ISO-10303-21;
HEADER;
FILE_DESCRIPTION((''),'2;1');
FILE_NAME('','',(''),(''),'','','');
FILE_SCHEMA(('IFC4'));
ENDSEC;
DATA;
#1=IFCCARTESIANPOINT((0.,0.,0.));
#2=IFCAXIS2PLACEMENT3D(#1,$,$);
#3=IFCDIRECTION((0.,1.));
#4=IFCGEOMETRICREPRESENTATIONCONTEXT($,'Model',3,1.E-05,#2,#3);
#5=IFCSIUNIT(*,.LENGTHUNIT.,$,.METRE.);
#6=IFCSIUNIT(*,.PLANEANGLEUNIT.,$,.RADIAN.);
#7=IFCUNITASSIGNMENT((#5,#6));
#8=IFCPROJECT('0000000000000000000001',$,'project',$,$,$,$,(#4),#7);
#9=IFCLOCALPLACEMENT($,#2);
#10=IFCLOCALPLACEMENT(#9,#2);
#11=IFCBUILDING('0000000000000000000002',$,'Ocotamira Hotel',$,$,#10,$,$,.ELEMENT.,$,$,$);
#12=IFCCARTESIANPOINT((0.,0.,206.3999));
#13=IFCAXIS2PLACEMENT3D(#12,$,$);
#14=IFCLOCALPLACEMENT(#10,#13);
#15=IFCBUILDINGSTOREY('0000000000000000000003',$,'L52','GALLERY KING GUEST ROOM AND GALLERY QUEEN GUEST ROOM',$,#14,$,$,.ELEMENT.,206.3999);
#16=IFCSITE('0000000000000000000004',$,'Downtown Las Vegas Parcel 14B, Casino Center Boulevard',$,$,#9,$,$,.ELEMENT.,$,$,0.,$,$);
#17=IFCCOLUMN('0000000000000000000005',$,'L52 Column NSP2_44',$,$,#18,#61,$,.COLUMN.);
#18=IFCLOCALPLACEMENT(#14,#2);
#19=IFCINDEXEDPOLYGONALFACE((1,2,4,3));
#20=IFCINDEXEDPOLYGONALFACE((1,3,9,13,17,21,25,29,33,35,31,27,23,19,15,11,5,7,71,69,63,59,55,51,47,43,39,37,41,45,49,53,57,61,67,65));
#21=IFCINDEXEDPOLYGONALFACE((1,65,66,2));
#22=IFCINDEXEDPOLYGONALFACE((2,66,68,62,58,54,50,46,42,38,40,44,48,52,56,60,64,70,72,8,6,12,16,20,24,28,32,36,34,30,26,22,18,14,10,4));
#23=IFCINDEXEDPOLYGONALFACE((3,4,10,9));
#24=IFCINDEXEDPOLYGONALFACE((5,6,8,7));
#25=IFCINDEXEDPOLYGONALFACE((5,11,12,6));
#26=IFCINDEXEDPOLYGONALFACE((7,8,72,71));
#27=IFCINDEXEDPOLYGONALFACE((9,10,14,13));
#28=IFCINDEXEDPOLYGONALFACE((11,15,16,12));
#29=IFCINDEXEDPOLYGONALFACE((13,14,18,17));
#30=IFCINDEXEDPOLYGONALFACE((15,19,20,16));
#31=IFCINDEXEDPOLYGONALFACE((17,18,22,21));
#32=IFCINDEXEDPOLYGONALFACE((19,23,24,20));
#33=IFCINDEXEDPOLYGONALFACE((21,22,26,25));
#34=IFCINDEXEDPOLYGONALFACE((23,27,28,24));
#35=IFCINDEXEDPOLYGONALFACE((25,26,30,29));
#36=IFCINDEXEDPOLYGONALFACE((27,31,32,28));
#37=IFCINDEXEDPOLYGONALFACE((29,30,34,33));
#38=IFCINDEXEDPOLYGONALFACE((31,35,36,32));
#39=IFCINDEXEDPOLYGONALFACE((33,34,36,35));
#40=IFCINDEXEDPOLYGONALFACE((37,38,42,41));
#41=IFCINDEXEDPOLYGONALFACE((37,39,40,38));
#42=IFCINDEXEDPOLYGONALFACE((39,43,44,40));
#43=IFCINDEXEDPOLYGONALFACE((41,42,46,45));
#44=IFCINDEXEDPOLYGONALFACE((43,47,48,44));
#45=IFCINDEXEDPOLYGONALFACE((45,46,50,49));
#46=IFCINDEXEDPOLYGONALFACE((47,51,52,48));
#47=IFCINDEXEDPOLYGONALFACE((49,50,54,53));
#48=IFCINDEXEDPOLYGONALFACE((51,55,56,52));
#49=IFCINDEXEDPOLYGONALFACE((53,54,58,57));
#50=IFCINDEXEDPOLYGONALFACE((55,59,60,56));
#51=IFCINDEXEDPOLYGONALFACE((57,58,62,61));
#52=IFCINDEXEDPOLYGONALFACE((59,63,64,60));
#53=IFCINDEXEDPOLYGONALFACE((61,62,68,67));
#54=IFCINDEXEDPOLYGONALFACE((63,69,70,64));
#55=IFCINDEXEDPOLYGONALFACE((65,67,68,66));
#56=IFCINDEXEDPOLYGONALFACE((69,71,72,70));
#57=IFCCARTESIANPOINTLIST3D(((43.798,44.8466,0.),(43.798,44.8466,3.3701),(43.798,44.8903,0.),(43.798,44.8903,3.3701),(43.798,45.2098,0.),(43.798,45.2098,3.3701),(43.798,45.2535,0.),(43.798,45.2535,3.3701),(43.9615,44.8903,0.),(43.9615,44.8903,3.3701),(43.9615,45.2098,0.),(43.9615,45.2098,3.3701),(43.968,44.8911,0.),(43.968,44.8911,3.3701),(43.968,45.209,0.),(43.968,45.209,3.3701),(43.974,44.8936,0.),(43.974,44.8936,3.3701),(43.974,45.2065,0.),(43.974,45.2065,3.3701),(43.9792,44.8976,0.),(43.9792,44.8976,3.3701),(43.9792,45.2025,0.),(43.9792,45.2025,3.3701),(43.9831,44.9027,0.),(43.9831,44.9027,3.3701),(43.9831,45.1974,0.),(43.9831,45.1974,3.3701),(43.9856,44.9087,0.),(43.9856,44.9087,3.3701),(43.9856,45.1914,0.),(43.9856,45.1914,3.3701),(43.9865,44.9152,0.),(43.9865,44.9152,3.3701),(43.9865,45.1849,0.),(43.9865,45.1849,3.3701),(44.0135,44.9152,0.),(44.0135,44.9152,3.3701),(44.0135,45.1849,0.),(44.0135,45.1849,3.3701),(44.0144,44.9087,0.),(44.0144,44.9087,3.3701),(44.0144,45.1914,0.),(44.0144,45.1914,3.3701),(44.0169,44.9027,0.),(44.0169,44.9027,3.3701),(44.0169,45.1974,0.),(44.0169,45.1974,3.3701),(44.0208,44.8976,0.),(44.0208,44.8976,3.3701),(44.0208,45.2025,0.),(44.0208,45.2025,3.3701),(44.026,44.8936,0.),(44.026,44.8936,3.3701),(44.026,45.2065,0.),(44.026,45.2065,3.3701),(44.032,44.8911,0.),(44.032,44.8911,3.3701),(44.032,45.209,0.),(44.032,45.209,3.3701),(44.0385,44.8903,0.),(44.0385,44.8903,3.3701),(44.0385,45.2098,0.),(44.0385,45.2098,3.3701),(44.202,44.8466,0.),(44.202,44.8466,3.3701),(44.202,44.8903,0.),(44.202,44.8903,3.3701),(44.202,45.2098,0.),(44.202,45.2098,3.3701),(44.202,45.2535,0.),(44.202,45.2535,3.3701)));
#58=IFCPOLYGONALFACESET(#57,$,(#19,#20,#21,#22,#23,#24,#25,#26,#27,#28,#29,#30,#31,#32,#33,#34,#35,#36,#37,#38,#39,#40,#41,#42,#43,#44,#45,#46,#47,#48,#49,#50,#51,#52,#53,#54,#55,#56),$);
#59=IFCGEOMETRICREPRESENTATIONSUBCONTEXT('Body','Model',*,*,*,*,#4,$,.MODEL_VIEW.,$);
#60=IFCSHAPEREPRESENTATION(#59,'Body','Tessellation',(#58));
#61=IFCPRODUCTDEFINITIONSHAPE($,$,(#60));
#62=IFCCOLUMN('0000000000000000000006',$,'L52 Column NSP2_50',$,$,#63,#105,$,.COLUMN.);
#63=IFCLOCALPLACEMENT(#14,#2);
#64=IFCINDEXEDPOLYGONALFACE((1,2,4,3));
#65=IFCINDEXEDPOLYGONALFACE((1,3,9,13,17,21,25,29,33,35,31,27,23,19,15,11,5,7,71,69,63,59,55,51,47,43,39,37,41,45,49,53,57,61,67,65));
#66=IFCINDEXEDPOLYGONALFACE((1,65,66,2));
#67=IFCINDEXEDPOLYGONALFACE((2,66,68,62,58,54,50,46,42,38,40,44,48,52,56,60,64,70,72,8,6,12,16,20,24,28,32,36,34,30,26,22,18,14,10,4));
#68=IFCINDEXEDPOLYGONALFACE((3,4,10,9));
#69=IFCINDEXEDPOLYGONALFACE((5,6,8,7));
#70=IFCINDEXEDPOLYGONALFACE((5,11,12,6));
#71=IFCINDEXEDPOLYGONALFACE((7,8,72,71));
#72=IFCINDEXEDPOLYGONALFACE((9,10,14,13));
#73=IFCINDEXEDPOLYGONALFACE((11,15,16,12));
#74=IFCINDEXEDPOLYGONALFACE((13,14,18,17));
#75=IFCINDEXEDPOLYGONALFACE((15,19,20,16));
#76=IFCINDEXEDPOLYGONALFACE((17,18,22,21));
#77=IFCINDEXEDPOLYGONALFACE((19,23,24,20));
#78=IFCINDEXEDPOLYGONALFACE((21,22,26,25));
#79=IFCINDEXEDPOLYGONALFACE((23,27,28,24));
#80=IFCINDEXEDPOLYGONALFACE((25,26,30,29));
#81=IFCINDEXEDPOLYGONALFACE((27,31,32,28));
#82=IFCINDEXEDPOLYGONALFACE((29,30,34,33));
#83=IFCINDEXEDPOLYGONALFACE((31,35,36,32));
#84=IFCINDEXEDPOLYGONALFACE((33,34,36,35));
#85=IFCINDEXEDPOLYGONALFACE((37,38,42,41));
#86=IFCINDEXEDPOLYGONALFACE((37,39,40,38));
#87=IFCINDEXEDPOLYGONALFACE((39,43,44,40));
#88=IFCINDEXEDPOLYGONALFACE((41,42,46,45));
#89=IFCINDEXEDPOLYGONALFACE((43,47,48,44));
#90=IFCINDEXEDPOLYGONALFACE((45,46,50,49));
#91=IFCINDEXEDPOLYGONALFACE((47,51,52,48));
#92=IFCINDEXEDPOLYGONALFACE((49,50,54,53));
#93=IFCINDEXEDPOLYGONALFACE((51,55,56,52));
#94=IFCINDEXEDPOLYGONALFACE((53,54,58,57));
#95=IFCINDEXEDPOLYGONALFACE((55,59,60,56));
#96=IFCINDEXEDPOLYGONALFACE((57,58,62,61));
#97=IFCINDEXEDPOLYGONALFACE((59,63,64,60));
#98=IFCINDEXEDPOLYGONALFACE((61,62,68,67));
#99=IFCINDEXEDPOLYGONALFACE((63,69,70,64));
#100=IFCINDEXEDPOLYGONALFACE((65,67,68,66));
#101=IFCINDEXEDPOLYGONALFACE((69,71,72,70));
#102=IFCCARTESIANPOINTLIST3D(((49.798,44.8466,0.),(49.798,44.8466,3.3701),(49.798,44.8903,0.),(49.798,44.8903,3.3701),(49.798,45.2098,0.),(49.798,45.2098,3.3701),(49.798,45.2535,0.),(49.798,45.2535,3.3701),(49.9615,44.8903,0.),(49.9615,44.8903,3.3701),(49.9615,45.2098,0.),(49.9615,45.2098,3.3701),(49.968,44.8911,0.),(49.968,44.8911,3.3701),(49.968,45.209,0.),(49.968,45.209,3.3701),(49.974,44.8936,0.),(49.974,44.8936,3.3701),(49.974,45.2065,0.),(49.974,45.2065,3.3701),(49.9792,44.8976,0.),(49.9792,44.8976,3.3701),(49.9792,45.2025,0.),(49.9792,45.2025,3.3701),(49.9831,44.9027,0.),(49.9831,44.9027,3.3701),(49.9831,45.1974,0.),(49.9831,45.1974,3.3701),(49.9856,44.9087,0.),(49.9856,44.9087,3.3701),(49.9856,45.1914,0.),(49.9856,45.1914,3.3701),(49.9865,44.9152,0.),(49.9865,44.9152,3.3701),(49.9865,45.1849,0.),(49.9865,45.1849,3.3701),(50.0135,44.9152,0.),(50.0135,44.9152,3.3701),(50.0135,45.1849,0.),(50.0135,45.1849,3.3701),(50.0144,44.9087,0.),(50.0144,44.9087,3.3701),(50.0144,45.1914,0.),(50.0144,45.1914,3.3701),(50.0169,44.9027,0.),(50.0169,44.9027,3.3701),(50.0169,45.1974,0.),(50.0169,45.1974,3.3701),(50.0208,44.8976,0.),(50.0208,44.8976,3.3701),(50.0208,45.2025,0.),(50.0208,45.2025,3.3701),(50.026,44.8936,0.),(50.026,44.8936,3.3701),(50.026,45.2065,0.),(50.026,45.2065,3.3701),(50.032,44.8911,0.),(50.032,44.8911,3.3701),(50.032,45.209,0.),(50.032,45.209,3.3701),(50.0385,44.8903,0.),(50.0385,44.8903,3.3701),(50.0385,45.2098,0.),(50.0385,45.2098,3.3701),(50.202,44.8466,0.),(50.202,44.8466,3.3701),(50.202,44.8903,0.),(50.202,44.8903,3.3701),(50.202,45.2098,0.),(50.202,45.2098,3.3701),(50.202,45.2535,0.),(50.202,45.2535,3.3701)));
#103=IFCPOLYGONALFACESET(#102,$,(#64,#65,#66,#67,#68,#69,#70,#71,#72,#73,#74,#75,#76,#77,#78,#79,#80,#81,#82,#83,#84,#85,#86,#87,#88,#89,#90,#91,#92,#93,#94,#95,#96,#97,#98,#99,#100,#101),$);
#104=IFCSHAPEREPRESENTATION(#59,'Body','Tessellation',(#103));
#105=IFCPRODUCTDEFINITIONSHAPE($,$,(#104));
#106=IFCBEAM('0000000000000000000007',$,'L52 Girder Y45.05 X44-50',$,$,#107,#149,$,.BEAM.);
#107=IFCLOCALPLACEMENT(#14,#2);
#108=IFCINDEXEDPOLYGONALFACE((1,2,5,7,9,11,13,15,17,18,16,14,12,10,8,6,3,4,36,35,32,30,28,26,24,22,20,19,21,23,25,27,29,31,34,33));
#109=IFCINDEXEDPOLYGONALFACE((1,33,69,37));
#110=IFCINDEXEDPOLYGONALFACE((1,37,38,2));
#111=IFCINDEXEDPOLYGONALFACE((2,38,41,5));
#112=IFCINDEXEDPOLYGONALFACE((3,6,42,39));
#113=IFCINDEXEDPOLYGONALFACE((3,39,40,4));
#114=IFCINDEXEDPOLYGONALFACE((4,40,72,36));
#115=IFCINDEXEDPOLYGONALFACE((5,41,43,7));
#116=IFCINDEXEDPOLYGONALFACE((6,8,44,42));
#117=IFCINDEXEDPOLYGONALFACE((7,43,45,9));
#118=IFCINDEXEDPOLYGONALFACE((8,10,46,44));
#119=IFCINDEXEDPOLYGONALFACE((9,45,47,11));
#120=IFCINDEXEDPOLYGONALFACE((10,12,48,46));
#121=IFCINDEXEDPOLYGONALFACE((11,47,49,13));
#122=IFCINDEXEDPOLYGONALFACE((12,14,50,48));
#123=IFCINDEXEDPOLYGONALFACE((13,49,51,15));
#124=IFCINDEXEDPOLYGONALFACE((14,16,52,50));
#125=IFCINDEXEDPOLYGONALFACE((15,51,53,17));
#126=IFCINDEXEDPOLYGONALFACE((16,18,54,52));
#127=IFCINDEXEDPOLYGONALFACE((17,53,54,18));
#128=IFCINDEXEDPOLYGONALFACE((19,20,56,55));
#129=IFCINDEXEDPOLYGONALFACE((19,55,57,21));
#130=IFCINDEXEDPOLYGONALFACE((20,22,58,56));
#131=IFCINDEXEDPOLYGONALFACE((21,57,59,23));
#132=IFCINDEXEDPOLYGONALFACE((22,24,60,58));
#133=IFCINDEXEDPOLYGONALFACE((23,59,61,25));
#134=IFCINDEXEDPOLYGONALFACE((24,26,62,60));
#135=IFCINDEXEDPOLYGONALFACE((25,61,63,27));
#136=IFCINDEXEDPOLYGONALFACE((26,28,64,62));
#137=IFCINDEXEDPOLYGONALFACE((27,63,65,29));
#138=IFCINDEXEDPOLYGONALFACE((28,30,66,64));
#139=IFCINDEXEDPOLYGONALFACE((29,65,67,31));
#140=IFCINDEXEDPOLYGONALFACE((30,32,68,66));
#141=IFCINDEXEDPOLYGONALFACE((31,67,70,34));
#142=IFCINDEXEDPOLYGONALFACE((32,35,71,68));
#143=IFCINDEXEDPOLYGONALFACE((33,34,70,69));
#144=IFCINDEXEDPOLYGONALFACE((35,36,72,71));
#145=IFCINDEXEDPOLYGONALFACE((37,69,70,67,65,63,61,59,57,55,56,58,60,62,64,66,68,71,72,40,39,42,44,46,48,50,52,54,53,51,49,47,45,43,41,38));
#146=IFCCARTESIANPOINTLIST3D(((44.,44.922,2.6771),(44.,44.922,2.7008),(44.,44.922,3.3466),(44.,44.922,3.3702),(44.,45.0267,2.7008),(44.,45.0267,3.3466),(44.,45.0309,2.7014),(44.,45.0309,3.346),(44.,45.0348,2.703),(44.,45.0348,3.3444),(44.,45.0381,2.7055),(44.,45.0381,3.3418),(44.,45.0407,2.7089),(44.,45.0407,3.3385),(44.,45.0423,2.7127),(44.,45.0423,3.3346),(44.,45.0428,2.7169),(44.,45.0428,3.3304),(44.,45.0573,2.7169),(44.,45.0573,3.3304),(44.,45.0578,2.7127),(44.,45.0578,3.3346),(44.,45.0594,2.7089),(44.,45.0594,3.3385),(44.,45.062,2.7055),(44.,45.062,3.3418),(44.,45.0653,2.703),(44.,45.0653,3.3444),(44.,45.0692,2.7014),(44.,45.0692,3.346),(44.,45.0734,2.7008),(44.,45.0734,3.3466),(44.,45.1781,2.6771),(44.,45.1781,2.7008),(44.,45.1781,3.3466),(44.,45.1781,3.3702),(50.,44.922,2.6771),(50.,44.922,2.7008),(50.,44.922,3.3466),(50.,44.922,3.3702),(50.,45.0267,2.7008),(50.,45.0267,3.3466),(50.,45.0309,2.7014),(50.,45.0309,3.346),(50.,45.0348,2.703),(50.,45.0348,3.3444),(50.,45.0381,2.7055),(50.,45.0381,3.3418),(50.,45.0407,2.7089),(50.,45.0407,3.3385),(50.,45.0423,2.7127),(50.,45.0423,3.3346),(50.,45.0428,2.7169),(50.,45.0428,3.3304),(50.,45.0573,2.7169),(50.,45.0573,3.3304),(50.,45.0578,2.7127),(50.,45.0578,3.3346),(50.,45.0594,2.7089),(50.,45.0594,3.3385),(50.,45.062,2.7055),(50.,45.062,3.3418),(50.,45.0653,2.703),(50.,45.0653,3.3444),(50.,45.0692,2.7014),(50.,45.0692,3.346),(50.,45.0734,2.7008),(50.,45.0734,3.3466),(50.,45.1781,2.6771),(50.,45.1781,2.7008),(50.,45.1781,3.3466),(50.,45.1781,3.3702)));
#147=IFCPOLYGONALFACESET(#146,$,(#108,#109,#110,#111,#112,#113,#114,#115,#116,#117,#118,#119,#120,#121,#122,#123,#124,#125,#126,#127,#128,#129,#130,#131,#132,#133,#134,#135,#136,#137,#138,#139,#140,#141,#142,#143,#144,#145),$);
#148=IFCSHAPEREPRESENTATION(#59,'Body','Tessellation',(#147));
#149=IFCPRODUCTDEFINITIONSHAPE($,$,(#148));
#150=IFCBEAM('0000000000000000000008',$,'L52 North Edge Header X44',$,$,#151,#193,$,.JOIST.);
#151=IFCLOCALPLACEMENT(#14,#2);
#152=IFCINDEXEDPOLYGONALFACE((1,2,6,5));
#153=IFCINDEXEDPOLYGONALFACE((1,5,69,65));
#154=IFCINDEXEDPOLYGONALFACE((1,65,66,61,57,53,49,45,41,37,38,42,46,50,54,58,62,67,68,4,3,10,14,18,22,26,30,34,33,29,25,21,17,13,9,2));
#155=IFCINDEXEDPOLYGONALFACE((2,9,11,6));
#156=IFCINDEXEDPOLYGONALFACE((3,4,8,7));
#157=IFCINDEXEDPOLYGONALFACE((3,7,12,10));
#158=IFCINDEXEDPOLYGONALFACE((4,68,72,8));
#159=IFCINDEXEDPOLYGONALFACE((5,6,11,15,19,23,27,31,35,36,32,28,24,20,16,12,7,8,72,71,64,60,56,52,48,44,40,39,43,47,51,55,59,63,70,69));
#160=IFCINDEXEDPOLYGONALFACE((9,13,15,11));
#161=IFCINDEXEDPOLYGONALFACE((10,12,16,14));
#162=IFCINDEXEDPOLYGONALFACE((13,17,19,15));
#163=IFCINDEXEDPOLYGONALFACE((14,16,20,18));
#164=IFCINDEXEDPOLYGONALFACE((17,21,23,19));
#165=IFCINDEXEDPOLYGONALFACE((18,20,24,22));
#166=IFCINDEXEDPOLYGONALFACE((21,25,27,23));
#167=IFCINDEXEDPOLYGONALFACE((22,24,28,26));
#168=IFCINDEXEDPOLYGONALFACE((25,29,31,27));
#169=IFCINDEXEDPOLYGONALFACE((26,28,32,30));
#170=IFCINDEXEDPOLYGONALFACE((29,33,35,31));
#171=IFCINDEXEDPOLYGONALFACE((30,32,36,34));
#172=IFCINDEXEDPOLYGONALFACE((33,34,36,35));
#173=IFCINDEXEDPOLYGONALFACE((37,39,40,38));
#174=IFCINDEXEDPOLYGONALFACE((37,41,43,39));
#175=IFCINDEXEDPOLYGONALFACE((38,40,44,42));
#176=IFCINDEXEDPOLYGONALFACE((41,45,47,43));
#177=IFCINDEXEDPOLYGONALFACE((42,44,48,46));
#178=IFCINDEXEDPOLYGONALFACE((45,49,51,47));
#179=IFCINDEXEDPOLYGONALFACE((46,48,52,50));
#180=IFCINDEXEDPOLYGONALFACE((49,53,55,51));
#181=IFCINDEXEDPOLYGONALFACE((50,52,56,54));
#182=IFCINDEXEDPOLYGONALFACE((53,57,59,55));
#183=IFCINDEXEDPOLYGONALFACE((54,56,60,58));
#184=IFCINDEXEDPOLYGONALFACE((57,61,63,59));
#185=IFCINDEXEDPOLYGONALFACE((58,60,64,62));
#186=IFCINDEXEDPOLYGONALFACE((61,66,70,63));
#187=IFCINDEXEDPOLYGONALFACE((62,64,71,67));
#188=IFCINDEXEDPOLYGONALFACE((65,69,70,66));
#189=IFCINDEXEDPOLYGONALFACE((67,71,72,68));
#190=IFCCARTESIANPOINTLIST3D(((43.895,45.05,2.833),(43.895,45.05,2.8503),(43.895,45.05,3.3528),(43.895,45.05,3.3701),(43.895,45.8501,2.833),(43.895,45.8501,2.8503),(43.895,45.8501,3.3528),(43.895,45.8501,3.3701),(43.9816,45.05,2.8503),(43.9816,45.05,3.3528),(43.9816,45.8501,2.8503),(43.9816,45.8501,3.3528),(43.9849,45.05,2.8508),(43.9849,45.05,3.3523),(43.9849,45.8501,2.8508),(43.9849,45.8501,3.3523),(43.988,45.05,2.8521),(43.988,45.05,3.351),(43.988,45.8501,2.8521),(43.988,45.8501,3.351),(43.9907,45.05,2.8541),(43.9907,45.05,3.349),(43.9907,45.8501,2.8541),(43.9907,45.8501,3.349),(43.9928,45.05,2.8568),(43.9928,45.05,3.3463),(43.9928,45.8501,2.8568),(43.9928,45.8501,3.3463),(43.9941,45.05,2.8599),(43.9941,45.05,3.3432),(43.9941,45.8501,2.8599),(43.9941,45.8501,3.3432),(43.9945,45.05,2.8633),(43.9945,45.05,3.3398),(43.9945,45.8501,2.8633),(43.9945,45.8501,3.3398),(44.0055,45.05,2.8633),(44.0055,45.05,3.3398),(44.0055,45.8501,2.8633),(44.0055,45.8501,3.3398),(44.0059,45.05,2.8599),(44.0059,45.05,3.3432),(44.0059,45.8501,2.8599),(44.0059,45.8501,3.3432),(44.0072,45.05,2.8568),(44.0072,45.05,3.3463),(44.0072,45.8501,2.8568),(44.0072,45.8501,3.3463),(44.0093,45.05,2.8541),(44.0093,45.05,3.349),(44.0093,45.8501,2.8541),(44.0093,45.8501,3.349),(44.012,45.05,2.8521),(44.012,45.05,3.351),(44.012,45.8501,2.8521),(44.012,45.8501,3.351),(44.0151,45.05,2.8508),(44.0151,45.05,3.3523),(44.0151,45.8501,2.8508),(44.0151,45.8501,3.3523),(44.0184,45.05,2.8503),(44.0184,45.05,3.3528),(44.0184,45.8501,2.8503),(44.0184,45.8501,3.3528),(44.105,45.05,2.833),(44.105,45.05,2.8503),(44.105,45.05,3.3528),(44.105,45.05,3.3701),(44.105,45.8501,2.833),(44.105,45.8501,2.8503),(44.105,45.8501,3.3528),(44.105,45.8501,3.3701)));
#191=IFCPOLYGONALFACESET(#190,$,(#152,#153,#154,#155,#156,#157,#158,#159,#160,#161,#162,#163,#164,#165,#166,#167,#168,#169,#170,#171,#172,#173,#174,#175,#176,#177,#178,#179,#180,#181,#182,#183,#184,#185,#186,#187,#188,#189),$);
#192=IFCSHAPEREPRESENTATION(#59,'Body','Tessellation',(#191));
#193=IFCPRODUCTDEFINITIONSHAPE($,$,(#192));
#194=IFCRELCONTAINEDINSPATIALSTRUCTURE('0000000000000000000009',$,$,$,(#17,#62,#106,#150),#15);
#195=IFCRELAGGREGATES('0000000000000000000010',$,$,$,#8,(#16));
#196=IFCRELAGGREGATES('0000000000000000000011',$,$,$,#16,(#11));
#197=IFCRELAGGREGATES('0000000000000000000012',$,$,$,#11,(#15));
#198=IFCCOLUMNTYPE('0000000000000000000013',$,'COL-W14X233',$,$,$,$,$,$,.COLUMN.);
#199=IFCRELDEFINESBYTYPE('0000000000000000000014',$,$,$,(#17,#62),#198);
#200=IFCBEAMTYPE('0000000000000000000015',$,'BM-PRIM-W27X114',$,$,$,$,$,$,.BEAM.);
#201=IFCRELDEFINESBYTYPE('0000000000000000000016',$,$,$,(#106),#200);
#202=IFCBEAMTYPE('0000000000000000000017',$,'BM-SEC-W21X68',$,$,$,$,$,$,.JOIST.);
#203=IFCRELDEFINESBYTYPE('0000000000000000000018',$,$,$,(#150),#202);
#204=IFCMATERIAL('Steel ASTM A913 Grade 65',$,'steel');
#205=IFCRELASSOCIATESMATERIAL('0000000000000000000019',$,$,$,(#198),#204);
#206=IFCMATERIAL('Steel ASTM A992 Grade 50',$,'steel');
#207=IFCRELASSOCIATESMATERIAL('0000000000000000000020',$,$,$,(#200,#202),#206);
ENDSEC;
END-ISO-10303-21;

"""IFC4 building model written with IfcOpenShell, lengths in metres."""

from ifc_helpers import new_model, si_unit, direction, frame, origin, origin_2d, place, context, subcontext, project, spatial, i_section, extrude, source, transform, mapped, material, material_profile, profile_set, type_object, element, save


model = new_model("IFC4")

# Units and contexts
model_context = context("Model", 3, precision=1e-05, world=origin(), true_north=direction((0.0, 1.0)))
body_context = subcontext(model_context, "Body", "Model", "MODEL_VIEW")
ifc_project = project(units=[si_unit("LENGTHUNIT", "METRE"), si_unit("PLANEANGLEUNIT", "RADIAN")], contexts=[model_context])

# Site, building, storey
site_placement = place(None, origin())
site = spatial("IfcSite", under=ifc_project, at=site_placement, Name="Downtown Las Vegas Parcel 14B, Casino Center Boulevard", CompositionType="ELEMENT", RefElevation=0.0)
building_placement = place(site_placement, origin())
building = spatial("IfcBuilding", under=site, at=building_placement, Name="Ocotamira Hotel", CompositionType="ELEMENT")
storey_placement = place(building_placement, frame((0.0, 0.0, 206.3999)))
storey = spatial("IfcBuildingStorey", under=building, at=storey_placement, Name="L52", Description="GALLERY KING GUEST ROOM AND GALLERY QUEEN GUEST ROOM", CompositionType="ELEMENT", Elevation=206.3999)

# Columns
ifc_material_1 = material(Name="Steel ASTM A913 Grade 65", Category="steel")
ifc_material_profile_1 = material_profile(ifc_material_1, i_section(OverallWidth=0.4041, OverallDepth=0.407, WebThickness=0.0271, FlangeThickness=0.0437, FilletRadius=0.0249, at=origin_2d()), Name="W14X233")
ifc_profile_set_1 = profile_set([ifc_material_profile_1], Name="Steel ASTM A913 Grade 65")
column_type = type_object("IfcColumnType", Name="COL-W14X233", PredefinedType="COLUMN", material=ifc_profile_set_1)
shared_shape_1 = source(origin(), body_context, "Body", "SweptSolid", [
    extrude(i_section(OverallWidth=0.4041, OverallDepth=0.407, WebThickness=0.0271, FlangeThickness=0.0437, FilletRadius=0.0249, at=origin_2d()), origin(), (0.0, 0.0, 1.0), 3.3701),
])
for number, where, z_axis, x_axis, name in (
    (1, (44.0, 45.05, 0.0), (0.0, 0.0, 1.0), (1.0, 0.0, 0.0), "L52 Column NSP2_44"),
    (2, (50.0, 45.05, 0.0), (0.0, 0.0, 1.0), (1.0, 0.0, 0.0), "L52 Column NSP2_50"),
):
    element("IfcColumn", number, at=place(storey_placement, frame(where, z_axis=z_axis, x_axis=x_axis)), inside=storey, type_object=column_type, Name=name, PredefinedType="COLUMN", context=body_context, shape_type="MappedRepresentation", body=[
        mapped(shared_shape_1, transform((0.0, 0.0, 0.0), scale=1.0)),
    ])

# Beams
ifc_material_2 = material(Name="Steel ASTM A992 Grade 50", Category="steel")
ifc_material_profile_2 = material_profile(ifc_material_2, i_section(OverallWidth=0.2561, OverallDepth=0.6931, WebThickness=0.0144, FlangeThickness=0.0237, FilletRadius=0.0161, at=origin_2d()), Name="W27X114")
ifc_profile_set_2 = profile_set([ifc_material_profile_2], Name="Steel ASTM A992 Grade 50")
beam_type_1 = type_object("IfcBeamType", Name="BM-PRIM-W27X114", PredefinedType="BEAM", material=ifc_profile_set_2)
shared_shape_2 = source(origin(), body_context, "Body", "SweptSolid", [
    extrude(i_section(OverallWidth=0.2561, OverallDepth=0.6931, WebThickness=0.0144, FlangeThickness=0.0237, FilletRadius=0.0161, at=origin_2d()), origin(), (0.0, 0.0, 1.0), 6.0),
])
beam_1_placement = place(storey_placement, frame((44.0, 45.05, 3.0237), z_axis=(1.0, 0.0, 0.0), x_axis=(0.0, 1.0, 0.0)))
element("IfcBeam", 3, at=beam_1_placement, inside=storey, type_object=beam_type_1, Name="L52 Girder Y45.05 X44-50", PredefinedType="BEAM", context=body_context, shape_type="MappedRepresentation", body=[
    mapped(shared_shape_2, transform((0.0, 0.0, 0.0), scale=1.0)),
])
ifc_material_profile_3 = material_profile(ifc_material_2, i_section(OverallWidth=0.21, OverallDepth=0.5371, WebThickness=0.011, FlangeThickness=0.0173, FilletRadius=0.0129, at=origin_2d()), Name="W21X68")
ifc_profile_set_3 = profile_set([ifc_material_profile_3], Name="Steel ASTM A992 Grade 50")
beam_type_2 = type_object("IfcBeamType", Name="BM-SEC-W21X68", PredefinedType="JOIST", material=ifc_profile_set_3)
shared_shape_3 = source(origin(), body_context, "Body", "SweptSolid", [
    extrude(i_section(OverallWidth=0.21, OverallDepth=0.5371, WebThickness=0.011, FlangeThickness=0.0173, FilletRadius=0.0129, at=origin_2d()), origin(), (0.0, 0.0, 1.0), 0.8),
])
for number, where, z_axis, x_axis, name in (
    (4, (44.0, 45.05, 3.1016), (0.0, 1.0, 0.0), (-1.0, 0.0, 0.0), "L52 North Edge Header X44"),
):
    element("IfcBeam", number, at=place(storey_placement, frame(where, z_axis=z_axis, x_axis=x_axis)), inside=storey, type_object=beam_type_2, Name=name, PredefinedType="JOIST", context=body_context, shape_type="MappedRepresentation", body=[
        mapped(shared_shape_3, transform((0.0, 0.0, 0.0), scale=1.0)),
    ])

save(model, "model.ifc")
